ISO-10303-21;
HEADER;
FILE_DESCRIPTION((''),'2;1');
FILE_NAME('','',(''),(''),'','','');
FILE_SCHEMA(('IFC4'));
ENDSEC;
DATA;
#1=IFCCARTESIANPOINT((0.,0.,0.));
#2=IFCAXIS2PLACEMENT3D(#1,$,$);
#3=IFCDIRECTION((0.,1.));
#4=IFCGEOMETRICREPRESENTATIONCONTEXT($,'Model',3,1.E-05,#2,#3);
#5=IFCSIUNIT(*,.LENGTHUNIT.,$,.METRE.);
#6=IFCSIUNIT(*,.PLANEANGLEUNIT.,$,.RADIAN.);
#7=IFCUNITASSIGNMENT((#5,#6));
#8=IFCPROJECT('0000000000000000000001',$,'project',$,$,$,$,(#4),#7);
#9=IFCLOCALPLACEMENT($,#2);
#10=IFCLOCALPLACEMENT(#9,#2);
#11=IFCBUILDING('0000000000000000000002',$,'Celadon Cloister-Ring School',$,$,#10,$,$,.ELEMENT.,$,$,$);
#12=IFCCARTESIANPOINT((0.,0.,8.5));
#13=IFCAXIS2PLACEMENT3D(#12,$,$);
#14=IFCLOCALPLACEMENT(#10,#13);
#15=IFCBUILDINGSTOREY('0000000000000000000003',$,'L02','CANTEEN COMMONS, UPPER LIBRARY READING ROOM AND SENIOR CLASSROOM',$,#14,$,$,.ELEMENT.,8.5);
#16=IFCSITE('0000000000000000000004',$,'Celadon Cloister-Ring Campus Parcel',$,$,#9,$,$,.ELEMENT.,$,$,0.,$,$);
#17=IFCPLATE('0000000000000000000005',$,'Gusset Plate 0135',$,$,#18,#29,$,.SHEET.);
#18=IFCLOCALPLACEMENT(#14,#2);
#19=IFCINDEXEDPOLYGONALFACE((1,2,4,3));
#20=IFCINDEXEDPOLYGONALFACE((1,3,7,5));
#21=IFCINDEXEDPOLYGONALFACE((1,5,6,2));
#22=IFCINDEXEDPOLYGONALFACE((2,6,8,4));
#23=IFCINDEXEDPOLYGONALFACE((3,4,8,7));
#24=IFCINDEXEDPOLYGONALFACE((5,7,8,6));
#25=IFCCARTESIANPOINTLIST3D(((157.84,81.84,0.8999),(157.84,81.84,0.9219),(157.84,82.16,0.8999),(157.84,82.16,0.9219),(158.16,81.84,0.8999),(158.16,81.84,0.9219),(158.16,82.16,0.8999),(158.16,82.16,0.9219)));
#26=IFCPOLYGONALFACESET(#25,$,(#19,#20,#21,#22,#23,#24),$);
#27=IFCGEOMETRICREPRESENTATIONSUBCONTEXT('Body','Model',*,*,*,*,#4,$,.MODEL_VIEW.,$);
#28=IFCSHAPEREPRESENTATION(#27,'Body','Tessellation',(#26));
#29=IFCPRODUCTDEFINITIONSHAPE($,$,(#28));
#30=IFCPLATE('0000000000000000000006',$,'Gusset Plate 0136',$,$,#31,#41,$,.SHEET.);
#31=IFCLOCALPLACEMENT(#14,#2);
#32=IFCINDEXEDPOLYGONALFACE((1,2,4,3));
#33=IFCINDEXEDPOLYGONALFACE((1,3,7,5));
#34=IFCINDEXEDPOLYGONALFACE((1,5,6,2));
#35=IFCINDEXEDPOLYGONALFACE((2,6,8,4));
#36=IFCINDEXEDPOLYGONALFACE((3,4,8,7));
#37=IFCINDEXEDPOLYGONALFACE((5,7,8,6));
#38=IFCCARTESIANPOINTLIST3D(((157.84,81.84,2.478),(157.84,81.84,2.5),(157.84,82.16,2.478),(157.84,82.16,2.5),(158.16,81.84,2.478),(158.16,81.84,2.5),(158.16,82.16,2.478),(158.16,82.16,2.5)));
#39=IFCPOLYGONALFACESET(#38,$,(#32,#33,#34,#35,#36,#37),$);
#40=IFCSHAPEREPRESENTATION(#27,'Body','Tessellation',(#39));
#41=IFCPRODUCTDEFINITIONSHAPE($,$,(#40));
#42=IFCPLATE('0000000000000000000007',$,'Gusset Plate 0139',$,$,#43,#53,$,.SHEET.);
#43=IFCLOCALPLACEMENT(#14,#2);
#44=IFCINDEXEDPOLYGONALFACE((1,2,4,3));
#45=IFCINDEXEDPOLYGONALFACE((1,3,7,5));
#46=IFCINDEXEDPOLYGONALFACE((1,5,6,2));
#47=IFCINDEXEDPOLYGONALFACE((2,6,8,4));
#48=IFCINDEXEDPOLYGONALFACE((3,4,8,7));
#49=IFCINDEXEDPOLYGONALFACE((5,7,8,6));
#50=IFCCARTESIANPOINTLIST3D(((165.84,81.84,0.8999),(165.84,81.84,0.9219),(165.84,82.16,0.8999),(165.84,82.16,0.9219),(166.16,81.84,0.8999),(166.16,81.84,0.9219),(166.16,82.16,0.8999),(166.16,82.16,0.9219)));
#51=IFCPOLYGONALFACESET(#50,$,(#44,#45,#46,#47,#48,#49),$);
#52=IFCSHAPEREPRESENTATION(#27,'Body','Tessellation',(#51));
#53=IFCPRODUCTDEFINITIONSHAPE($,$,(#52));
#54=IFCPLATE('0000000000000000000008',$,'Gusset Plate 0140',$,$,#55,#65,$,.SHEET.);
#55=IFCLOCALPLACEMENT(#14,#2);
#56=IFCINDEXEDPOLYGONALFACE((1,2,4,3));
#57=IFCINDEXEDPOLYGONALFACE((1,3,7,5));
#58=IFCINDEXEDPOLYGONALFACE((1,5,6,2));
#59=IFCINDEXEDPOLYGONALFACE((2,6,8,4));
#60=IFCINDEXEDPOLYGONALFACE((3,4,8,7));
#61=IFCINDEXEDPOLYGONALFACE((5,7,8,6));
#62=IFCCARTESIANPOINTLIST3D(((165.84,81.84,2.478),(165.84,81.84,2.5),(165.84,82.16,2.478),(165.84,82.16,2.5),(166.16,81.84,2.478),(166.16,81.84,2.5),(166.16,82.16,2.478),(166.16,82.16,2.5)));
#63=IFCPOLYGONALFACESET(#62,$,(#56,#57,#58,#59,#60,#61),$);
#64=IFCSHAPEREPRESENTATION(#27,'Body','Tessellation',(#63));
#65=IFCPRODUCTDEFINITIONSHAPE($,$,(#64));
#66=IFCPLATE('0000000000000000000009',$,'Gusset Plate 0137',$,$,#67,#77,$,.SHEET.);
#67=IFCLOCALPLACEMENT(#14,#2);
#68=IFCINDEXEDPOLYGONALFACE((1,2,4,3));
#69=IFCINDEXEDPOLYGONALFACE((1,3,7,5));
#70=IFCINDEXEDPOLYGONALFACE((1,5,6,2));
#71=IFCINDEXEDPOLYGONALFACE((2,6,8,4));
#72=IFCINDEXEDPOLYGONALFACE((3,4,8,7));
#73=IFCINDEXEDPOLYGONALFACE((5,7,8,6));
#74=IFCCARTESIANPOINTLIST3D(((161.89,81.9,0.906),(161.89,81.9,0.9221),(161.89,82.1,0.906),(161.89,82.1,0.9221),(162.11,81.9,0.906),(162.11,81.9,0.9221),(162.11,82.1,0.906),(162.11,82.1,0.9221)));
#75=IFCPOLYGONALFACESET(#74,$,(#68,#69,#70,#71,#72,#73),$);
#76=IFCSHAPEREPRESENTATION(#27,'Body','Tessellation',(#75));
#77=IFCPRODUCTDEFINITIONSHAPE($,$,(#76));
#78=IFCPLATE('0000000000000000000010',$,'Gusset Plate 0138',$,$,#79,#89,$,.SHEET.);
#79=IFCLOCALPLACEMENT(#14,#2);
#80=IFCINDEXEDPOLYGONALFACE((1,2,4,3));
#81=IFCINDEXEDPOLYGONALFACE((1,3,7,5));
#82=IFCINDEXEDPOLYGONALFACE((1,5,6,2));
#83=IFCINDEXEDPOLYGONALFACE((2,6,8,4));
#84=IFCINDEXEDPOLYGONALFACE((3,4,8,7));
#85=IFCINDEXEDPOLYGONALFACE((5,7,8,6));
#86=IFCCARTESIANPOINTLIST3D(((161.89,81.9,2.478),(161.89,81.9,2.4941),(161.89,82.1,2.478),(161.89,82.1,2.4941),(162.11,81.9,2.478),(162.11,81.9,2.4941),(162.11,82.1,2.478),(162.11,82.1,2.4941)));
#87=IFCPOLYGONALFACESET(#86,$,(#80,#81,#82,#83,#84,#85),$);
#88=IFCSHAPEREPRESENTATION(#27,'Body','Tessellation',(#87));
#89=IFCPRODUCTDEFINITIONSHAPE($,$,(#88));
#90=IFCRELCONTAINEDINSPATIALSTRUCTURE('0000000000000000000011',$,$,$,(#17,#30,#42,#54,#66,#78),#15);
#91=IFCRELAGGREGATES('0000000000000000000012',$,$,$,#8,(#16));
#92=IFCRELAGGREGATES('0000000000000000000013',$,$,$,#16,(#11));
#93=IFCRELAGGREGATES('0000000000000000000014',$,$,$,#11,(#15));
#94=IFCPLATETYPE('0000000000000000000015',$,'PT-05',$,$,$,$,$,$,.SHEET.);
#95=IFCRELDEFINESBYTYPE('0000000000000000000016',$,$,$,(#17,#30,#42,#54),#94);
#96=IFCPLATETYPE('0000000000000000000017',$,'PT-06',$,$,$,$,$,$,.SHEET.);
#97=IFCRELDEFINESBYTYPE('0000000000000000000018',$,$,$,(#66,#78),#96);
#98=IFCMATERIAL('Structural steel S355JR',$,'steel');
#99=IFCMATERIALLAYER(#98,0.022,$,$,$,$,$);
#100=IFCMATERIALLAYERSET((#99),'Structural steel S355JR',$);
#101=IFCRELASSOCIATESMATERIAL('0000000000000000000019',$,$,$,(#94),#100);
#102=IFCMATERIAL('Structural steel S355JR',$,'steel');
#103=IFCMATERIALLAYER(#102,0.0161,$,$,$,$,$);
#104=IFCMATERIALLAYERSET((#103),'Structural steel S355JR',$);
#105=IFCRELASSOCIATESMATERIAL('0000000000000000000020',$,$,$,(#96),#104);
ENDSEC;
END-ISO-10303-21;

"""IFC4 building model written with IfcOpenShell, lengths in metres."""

from ifc_helpers import new_model, si_unit, direction, frame, origin, origin_2d, place, context, subcontext, project, spatial, rectangle, extrude, material, layer, layer_set, type_object, element, save


model = new_model("IFC4")

# Units and contexts
model_context = context("Model", 3, precision=1e-05, world=origin(), true_north=direction((0.0, 1.0)))
body_context = subcontext(model_context, "Body", "Model", "MODEL_VIEW")
ifc_project = project(units=[si_unit("LENGTHUNIT", "METRE"), si_unit("PLANEANGLEUNIT", "RADIAN")], contexts=[model_context])

# Site, building, storey
site_placement = place(None, origin())
site = spatial("IfcSite", under=ifc_project, at=site_placement, Name="Celadon Cloister-Ring Campus Parcel", CompositionType="ELEMENT", RefElevation=0.0)
building_placement = place(site_placement, origin())
building = spatial("IfcBuilding", under=site, at=building_placement, Name="Celadon Cloister-Ring School", CompositionType="ELEMENT")
storey_placement = place(building_placement, frame((0.0, 0.0, 8.5)))
storey = spatial("IfcBuildingStorey", under=building, at=storey_placement, Name="L02", Description="CANTEEN COMMONS, UPPER LIBRARY READING ROOM AND SENIOR CLASSROOM", CompositionType="ELEMENT", Elevation=8.5)

# Plates
ifc_material_1 = material(Name="Structural steel S355JR", Category="steel")
ifc_layer_1 = layer(ifc_material_1, 0.022)
ifc_layer_set_1 = layer_set([ifc_layer_1], Name="Structural steel S355JR")
plate_type_1 = type_object("IfcPlateType", Name="PT-05", PredefinedType="SHEET", material=ifc_layer_set_1)
for number, where, z_axis, x_axis, name in (
    (1, (158.0, 82.0, 0.8999), (0.0, 0.0, 1.0), (1.0, 0.0, 0.0), "Gusset Plate 0135"),
    (2, (158.0, 82.0, 2.478), (0.0, 0.0, 1.0), (1.0, 0.0, 0.0), "Gusset Plate 0136"),
    (3, (166.0, 82.0, 0.8999), (0.0, 0.0, 1.0), (1.0, 0.0, 0.0), "Gusset Plate 0139"),
    (4, (166.0, 82.0, 2.478), (0.0, 0.0, 1.0), (1.0, 0.0, 0.0), "Gusset Plate 0140"),
):
    element("IfcPlate", number, at=place(storey_placement, frame(where, z_axis=z_axis, x_axis=x_axis)), inside=storey, type_object=plate_type_1, Name=name, PredefinedType="SHEET", context=body_context, shape_type="SweptSolid", body=[
        extrude(rectangle(XDim=0.3201, YDim=0.3201, at=origin_2d()), origin(), (0.0, 0.0, 1.0), 0.022),
    ])
ifc_material_2 = material(Name="Structural steel S355JR", Category="steel")
ifc_layer_2 = layer(ifc_material_2, 0.0161)
ifc_layer_set_2 = layer_set([ifc_layer_2], Name="Structural steel S355JR")
plate_type_2 = type_object("IfcPlateType", Name="PT-06", PredefinedType="SHEET", material=ifc_layer_set_2)
for number, where, z_axis, x_axis, name in (
    (5, (162.0, 82.0, 0.906), (0.0, 0.0, 1.0), (1.0, 0.0, 0.0), "Gusset Plate 0137"),
    (6, (162.0, 82.0, 2.478), (0.0, 0.0, 1.0), (1.0, 0.0, 0.0), "Gusset Plate 0138"),
):
    element("IfcPlate", number, at=place(storey_placement, frame(where, z_axis=z_axis, x_axis=x_axis)), inside=storey, type_object=plate_type_2, Name=name, PredefinedType="SHEET", context=body_context, shape_type="SweptSolid", body=[
        extrude(rectangle(XDim=0.22, YDim=0.2, at=origin_2d()), origin(), (0.0, 0.0, 1.0), 0.0161),
    ])

save(model, "model.ifc")
